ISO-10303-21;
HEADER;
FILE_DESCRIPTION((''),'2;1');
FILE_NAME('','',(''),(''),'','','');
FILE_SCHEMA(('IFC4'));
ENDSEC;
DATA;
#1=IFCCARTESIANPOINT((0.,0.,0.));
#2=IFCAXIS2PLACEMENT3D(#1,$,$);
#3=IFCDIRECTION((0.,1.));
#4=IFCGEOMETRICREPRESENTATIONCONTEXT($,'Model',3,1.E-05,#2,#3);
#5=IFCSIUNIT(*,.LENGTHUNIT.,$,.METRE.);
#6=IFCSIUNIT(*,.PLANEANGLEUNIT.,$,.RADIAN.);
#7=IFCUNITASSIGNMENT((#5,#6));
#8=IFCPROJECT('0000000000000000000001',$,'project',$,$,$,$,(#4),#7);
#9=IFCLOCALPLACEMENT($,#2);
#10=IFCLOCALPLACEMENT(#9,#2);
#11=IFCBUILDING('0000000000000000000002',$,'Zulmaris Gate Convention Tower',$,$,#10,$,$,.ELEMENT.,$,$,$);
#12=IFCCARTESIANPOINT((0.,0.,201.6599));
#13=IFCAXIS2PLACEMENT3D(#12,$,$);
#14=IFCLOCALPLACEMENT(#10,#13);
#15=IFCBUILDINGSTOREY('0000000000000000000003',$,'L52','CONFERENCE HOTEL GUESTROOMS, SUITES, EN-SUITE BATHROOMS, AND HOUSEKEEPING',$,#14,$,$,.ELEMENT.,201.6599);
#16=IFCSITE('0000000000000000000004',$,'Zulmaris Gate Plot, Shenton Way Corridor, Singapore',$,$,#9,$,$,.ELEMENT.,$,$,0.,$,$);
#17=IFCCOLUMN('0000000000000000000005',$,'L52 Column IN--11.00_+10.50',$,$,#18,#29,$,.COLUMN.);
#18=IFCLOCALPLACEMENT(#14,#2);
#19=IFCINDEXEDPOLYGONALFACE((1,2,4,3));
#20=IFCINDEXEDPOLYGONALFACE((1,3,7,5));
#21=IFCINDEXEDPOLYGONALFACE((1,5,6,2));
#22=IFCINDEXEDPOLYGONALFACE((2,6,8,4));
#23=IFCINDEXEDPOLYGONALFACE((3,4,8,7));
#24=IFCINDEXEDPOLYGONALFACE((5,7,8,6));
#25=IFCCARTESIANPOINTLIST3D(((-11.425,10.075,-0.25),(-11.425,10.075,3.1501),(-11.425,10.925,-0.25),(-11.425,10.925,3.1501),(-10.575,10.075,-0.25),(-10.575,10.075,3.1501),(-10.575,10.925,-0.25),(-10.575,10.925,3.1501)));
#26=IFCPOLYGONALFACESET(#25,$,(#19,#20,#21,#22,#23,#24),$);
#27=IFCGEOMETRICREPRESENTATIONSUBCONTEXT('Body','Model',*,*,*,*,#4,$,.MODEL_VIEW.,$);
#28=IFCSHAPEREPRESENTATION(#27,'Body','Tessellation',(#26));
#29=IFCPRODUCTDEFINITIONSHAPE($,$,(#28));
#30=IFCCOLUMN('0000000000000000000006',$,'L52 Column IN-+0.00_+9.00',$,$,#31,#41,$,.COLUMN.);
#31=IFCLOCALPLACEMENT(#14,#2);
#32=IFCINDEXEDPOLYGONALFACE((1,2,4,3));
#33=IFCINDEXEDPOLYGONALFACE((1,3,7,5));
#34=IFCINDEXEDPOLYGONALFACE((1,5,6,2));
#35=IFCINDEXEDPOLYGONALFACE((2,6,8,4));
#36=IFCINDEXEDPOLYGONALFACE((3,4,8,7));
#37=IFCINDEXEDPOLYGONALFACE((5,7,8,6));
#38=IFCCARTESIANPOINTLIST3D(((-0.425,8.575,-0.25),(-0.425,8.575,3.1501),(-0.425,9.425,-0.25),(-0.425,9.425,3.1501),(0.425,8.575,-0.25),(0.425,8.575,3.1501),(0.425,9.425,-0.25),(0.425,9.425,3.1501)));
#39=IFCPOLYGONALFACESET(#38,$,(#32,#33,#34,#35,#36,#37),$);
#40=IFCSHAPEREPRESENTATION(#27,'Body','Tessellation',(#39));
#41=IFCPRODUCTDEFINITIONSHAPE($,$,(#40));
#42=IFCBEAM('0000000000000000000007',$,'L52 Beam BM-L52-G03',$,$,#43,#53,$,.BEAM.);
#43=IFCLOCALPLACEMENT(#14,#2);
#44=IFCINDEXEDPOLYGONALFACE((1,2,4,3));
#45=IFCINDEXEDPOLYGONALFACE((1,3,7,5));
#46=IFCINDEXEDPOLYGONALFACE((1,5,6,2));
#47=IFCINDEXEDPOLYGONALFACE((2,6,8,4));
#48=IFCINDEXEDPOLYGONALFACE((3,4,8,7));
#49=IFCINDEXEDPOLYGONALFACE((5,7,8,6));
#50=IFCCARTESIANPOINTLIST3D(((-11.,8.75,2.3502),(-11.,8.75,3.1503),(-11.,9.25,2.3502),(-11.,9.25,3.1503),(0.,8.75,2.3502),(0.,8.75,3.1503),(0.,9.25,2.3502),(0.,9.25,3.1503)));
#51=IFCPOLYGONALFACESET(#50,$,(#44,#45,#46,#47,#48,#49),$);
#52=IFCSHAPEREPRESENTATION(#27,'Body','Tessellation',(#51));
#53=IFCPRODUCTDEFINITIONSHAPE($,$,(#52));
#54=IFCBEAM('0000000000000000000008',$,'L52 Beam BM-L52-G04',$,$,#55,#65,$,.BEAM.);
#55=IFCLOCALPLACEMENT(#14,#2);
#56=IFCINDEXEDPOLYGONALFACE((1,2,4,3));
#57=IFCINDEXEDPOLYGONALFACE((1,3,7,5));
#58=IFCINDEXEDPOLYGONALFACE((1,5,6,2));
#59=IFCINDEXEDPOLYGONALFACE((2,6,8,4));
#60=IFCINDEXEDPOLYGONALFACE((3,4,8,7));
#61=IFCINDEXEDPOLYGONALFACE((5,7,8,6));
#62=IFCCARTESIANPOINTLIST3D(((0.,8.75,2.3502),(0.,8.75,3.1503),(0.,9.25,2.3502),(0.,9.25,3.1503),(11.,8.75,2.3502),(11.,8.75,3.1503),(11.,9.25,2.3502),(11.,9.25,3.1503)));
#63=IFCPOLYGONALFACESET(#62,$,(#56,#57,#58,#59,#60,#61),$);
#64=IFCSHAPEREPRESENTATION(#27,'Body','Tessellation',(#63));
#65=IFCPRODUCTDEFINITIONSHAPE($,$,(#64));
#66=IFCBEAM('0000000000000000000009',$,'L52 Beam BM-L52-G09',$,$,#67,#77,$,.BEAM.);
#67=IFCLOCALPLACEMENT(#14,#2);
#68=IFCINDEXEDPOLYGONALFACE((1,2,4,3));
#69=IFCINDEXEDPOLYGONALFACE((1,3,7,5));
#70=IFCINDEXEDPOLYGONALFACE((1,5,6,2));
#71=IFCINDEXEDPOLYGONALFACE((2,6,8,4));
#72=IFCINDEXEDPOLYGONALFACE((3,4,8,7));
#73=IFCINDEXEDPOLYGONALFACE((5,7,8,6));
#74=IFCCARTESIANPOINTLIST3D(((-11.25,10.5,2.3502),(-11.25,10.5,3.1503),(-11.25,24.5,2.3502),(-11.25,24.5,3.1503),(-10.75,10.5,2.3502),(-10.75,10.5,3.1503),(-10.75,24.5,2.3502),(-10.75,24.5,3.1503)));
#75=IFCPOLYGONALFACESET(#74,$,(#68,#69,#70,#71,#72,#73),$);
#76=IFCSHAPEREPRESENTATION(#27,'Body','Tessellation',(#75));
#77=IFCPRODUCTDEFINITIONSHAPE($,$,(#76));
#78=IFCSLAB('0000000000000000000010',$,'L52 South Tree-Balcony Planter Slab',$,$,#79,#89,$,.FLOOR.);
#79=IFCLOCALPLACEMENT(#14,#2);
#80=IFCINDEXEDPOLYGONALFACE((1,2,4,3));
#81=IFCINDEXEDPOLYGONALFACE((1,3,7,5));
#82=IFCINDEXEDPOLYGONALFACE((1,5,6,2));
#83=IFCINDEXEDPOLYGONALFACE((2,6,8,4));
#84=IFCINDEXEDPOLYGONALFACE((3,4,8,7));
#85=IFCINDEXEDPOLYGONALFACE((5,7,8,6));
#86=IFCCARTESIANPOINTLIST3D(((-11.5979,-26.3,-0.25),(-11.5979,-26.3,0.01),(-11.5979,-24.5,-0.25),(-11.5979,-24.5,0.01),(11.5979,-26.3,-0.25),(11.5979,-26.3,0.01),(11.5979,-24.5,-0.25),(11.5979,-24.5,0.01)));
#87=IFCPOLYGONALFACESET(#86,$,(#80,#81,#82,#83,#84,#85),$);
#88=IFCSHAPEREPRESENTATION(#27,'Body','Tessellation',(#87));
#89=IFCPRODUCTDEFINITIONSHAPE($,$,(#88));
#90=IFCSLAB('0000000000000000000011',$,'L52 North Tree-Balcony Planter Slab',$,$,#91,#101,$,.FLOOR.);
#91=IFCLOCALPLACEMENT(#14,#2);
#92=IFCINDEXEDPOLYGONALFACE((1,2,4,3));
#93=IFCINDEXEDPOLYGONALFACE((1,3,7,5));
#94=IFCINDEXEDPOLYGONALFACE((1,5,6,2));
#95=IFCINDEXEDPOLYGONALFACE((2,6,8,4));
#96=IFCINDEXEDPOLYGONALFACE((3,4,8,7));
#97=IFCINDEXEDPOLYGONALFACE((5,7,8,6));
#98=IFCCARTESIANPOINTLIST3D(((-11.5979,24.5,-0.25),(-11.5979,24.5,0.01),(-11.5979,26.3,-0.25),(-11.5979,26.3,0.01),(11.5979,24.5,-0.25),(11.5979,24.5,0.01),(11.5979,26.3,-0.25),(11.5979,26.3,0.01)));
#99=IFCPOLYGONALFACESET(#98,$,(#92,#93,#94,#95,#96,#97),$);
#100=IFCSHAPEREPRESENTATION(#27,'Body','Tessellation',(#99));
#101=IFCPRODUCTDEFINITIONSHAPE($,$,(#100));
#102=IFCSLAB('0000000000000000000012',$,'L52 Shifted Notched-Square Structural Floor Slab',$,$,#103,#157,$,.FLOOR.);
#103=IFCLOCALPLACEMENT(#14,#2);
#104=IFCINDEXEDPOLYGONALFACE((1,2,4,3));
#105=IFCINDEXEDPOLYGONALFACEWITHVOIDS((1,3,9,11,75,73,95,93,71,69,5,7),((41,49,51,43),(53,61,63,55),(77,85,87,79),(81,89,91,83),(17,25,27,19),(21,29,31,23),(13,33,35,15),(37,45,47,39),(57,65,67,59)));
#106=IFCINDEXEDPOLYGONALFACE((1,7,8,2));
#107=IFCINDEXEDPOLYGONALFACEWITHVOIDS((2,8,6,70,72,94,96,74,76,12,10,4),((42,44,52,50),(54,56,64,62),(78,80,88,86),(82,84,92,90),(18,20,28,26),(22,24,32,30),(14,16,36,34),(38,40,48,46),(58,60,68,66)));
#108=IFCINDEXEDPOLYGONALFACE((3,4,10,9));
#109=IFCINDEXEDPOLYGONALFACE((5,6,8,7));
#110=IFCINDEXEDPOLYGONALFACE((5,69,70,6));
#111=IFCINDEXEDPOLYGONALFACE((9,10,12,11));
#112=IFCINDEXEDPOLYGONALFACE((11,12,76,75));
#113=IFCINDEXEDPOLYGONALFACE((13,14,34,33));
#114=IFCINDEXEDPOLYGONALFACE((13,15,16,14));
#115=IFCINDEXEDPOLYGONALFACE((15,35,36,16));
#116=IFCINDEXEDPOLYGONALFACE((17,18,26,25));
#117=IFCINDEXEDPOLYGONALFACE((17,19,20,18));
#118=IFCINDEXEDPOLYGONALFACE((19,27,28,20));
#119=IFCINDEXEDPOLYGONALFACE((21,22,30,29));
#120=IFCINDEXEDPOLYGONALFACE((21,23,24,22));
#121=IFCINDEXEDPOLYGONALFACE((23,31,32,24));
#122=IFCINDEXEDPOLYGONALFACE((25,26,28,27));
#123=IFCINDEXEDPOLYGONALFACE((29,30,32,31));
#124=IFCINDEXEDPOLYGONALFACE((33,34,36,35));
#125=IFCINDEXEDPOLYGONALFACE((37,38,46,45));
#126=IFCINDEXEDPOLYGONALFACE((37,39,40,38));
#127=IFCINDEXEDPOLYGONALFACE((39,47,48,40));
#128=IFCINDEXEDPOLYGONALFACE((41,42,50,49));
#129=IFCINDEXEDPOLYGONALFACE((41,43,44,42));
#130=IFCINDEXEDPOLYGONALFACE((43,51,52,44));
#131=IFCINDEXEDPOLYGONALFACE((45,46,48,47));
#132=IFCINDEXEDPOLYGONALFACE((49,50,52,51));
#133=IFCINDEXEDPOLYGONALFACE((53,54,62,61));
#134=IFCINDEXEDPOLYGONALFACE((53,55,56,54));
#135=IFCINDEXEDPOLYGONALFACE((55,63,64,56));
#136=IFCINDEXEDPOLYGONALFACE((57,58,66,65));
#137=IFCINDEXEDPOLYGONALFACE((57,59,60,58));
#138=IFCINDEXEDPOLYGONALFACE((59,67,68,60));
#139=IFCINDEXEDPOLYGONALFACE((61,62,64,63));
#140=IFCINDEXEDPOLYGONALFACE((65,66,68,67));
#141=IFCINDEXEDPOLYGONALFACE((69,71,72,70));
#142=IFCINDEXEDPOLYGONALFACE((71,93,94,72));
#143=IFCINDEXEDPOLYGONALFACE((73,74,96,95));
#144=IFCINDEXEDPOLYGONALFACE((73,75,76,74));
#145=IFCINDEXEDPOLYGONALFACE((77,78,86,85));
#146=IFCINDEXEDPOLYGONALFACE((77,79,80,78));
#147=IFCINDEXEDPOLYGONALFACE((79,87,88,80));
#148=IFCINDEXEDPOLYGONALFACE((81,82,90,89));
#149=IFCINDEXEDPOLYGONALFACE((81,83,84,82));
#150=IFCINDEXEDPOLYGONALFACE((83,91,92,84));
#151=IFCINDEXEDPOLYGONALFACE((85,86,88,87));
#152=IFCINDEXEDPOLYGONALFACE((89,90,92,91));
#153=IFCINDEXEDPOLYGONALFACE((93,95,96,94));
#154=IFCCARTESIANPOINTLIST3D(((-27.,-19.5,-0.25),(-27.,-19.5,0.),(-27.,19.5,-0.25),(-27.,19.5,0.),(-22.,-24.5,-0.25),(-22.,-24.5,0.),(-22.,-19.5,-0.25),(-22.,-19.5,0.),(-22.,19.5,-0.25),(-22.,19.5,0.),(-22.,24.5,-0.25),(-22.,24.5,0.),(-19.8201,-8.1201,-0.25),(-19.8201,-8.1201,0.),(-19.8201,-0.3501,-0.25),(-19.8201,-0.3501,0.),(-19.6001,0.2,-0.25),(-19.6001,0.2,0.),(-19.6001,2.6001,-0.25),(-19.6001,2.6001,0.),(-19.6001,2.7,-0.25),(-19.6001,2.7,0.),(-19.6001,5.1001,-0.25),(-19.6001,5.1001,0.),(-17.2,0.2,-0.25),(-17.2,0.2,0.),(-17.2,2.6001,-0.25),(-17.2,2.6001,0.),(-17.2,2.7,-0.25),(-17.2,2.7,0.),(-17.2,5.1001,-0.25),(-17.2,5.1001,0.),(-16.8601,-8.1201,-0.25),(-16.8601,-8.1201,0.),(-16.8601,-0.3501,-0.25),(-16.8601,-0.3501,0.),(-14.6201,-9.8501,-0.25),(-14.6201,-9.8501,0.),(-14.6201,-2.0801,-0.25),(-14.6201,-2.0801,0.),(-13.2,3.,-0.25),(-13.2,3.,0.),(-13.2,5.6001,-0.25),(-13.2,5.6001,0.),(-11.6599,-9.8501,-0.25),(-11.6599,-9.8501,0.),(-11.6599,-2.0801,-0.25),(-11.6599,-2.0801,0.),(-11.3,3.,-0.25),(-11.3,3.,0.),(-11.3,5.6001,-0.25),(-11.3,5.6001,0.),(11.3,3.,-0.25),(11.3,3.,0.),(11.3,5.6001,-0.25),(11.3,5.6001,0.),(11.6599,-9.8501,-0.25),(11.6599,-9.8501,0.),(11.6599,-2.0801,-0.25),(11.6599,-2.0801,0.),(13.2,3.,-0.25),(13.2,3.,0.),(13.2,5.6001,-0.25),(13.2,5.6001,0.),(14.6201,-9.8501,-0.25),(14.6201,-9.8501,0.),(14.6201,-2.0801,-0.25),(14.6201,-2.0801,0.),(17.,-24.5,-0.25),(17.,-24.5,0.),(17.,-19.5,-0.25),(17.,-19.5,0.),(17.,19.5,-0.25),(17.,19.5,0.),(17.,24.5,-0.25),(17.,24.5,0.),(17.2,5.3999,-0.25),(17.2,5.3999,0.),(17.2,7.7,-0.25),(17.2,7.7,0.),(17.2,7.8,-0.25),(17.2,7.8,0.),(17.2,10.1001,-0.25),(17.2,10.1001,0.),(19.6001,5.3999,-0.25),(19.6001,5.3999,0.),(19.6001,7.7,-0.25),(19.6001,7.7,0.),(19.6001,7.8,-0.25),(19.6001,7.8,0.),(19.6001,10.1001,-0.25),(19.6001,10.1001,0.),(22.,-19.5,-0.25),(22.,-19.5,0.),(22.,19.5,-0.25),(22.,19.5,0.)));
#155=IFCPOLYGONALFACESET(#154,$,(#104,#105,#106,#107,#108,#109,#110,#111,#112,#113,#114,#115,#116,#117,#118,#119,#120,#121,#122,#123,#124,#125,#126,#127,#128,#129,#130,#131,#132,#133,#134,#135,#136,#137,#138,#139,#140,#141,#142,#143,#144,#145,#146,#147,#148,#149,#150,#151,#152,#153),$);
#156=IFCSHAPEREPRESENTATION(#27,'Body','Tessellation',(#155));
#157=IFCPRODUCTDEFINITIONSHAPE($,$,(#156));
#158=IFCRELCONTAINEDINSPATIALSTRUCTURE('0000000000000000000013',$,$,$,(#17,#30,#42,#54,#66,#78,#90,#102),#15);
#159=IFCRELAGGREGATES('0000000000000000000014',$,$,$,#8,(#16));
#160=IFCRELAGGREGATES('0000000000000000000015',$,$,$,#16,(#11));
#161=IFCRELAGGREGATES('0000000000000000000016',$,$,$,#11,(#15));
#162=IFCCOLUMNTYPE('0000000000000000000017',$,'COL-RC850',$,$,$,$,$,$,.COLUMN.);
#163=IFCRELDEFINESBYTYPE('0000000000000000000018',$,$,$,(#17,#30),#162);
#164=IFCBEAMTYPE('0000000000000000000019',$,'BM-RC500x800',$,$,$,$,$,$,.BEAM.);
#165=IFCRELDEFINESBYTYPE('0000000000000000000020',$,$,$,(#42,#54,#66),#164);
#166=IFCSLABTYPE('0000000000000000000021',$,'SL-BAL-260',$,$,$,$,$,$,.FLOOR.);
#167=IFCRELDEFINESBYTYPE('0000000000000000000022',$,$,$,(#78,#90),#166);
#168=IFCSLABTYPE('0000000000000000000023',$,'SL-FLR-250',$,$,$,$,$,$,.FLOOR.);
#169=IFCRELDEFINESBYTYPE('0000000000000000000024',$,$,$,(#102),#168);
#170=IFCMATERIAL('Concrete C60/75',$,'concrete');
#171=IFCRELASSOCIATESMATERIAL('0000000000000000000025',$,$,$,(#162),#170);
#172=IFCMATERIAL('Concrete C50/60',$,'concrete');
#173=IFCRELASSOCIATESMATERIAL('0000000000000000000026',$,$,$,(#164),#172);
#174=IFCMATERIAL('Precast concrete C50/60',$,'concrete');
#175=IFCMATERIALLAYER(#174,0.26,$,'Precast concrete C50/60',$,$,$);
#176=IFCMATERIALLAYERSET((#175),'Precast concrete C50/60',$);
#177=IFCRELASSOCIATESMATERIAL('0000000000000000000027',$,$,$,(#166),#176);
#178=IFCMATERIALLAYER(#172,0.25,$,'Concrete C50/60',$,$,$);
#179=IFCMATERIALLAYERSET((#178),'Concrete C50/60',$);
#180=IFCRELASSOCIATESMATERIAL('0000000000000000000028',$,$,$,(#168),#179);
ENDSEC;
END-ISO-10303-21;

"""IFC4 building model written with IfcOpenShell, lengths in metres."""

from ifc_helpers import new_model, si_unit, direction, frame, origin, origin_2d, place, context, subcontext, project, spatial, polyline, rectangle, outline, extrude, material, layer, layer_set, material_profile, profile_set, type_object, element, save


model = new_model("IFC4")

# Units and contexts
model_context = context("Model", 3, precision=1e-05, world=origin(), true_north=direction((0.0, 1.0)))
body_context = subcontext(model_context, "Body", "Model", "MODEL_VIEW")
ifc_project = project(units=[si_unit("LENGTHUNIT", "METRE"), si_unit("PLANEANGLEUNIT", "RADIAN")], contexts=[model_context])

# Site, building, storey
site_placement = place(None, origin())
site = spatial("IfcSite", under=ifc_project, at=site_placement, Name="Zulmaris Gate Plot, Shenton Way Corridor, Singapore", CompositionType="ELEMENT", RefElevation=0.0)
building_placement = place(site_placement, origin())
building = spatial("IfcBuilding", under=site, at=building_placement, Name="Zulmaris Gate Convention Tower", CompositionType="ELEMENT")
storey_placement = place(building_placement, frame((0.0, 0.0, 201.6599)))
storey = spatial("IfcBuildingStorey", under=building, at=storey_placement, Name="L52", Description="CONFERENCE HOTEL GUESTROOMS, SUITES, EN-SUITE BATHROOMS, AND HOUSEKEEPING", CompositionType="ELEMENT", Elevation=201.6599)

# Columns
ifc_material_1 = material(Name="Concrete C60/75", Category="concrete")
ifc_material_profile_1 = material_profile(ifc_material_1, rectangle(XDim=0.8501, YDim=0.8501, at=origin_2d()), Name="RC COL 850x850")
ifc_profile_set_1 = profile_set([ifc_material_profile_1], Name="Concrete C60/75")
column_type = type_object("IfcColumnType", Name="COL-RC850", PredefinedType="COLUMN", material=ifc_profile_set_1)
for number, where, z_axis, x_axis, name in (
    (1, (-11.0, 10.5, -0.25), (0.0, 0.0, 1.0), (1.0, 0.0, 0.0), "L52 Column IN--11.00_+10.50"),
    (2, (0.0, 9.0, -0.25), (0.0, 0.0, 1.0), (1.0, 0.0, 0.0), "L52 Column IN-+0.00_+9.00"),
):
    element("IfcColumn", number, at=place(storey_placement, frame(where, z_axis=z_axis, x_axis=x_axis)), inside=storey, type_object=column_type, Name=name, PredefinedType="COLUMN", context=body_context, shape_type="SweptSolid", body=[
        extrude(rectangle(XDim=0.8501, YDim=0.8501, at=origin_2d()), origin(), (0.0, 0.0, 1.0), 3.4001),
    ])

# Beams
ifc_material_2 = material(Name="Concrete C50/60", Category="concrete")
ifc_material_profile_2 = material_profile(ifc_material_2, rectangle(XDim=0.5, YDim=0.8, at=origin_2d()), Name="RC BEAM 500x800")
ifc_profile_set_2 = profile_set([ifc_material_profile_2], Name="Concrete C50/60")
beam_type = type_object("IfcBeamType", Name="BM-RC500x800", PredefinedType="BEAM", material=ifc_profile_set_2)
for number, where, z_axis, x_axis, name in (
    (3, (-11.0, 9.0, 2.7502), (1.0, 0.0, 0.0), (0.0, 1.0, 0.0), "L52 Beam BM-L52-G03"),
    (4, (0.0, 9.0, 2.7502), (1.0, 0.0, 0.0), (0.0, 1.0, 0.0), "L52 Beam BM-L52-G04"),
):
    element("IfcBeam", number, at=place(storey_placement, frame(where, z_axis=z_axis, x_axis=x_axis)), inside=storey, type_object=beam_type, Name=name, PredefinedType="BEAM", context=body_context, shape_type="SweptSolid", body=[
        extrude(rectangle(XDim=0.5, YDim=0.8, at=origin_2d()), origin(), (0.0, 0.0, 1.0), 11.0),
    ])
beam_placement = place(storey_placement, frame((-11.0, 10.5, 2.7502), z_axis=(0.0, 1.0, 0.0), x_axis=(-1.0, 0.0, 0.0)))
element("IfcBeam", 5, at=beam_placement, inside=storey, type_object=beam_type, Name="L52 Beam BM-L52-G09", PredefinedType="BEAM", context=body_context, shape_type="SweptSolid", body=[
    extrude(rectangle(XDim=0.5, YDim=0.8, at=origin_2d()), origin(), (0.0, 0.0, 1.0), 14.0),
])

# Slabs
ifc_material_3 = material(Name="Precast concrete C50/60", Category="concrete")
ifc_layer_1 = layer(ifc_material_3, 0.26, Name="Precast concrete C50/60")
ifc_layer_set_1 = layer_set([ifc_layer_1], Name="Precast concrete C50/60")
slab_type_1 = type_object("IfcSlabType", Name="SL-BAL-260", PredefinedType="FLOOR", material=ifc_layer_set_1)
slab_1_placement = place(storey_placement, frame((0.0, 0.0, -0.25)))
element("IfcSlab", 6, at=slab_1_placement, inside=storey, type_object=slab_type_1, Name="L52 South Tree-Balcony Planter Slab", PredefinedType="FLOOR", context=body_context, shape_type="SweptSolid", body=[
    extrude(outline(polyline([(-11.5979, -26.3), (-11.5979, -24.5), (11.5979, -24.5), (11.5979, -26.3), (-11.5979, -26.3)])), origin(), (0.0, 0.0, 1.0), 0.26),
])
slab_2_placement = place(storey_placement, frame((0.0, 0.0, -0.25)))
element("IfcSlab", 7, at=slab_2_placement, inside=storey, type_object=slab_type_1, Name="L52 North Tree-Balcony Planter Slab", PredefinedType="FLOOR", context=body_context, shape_type="SweptSolid", body=[
    extrude(outline(polyline([(11.5979, 26.3), (11.5979, 24.5), (-11.5979, 24.5), (-11.5979, 26.3), (11.5979, 26.3)])), origin(), (0.0, 0.0, 1.0), 0.26),
])
ifc_layer_2 = layer(ifc_material_2, 0.25, Name="Concrete C50/60")
ifc_layer_set_2 = layer_set([ifc_layer_2], Name="Concrete C50/60")
slab_type_2 = type_object("IfcSlabType", Name="SL-FLR-250", PredefinedType="FLOOR", material=ifc_layer_set_2)
slab_3_placement = place(storey_placement, frame((0.0, 0.0, -0.25)))
element("IfcSlab", 8, at=slab_3_placement, inside=storey, type_object=slab_type_2, Name="L52 Shifted Notched-Square Structural Floor Slab", PredefinedType="FLOOR", context=body_context, shape_type="SweptSolid", body=[
    extrude(outline(polyline([(-22.0, -24.5), (17.0, -24.5), (17.0, -19.5), (22.0, -19.5), (22.0, 19.5), (17.0, 19.5), (17.0, 24.5), (-22.0, 24.5), (-22.0, 19.5), (-27.0, 19.5), (-27.0, -19.5), (-22.0, -19.5), (-22.0, -24.5)]), holes=[polyline([(-14.6201, -2.0801), (-14.6201, -9.8501), (-11.6599, -9.8501), (-11.6599, -2.0801), (-14.6201, -2.0801)]), polyline([(11.6599, -2.0801), (11.6599, -9.8501), (14.6201, -9.8501), (14.6201, -2.0801), (11.6599, -2.0801)]), polyline([(-16.8601, -8.1201), (-16.8601, -0.3501), (-19.8201, -0.3501), (-19.8201, -8.1201), (-16.8601, -8.1201)]), polyline([(-13.2, 3.0), (-11.3, 3.0), (-11.3, 5.6001), (-13.2, 5.6001), (-13.2, 3.0)]), polyline([(11.3, 3.0), (13.2, 3.0), (13.2, 5.6001), (11.3, 5.6001), (11.3, 3.0)]), polyline([(17.2, 5.3999), (19.6001, 5.3999), (19.6001, 7.7), (17.2, 7.7), (17.2, 5.3999)]), polyline([(17.2, 7.8), (19.6001, 7.8), (19.6001, 10.1001), (17.2, 10.1001), (17.2, 7.8)]), polyline([(-19.6001, 0.2), (-17.2, 0.2), (-17.2, 2.6001), (-19.6001, 2.6001), (-19.6001, 0.2)]), polyline([(-19.6001, 2.7), (-17.2, 2.7), (-17.2, 5.1001), (-19.6001, 5.1001), (-19.6001, 2.7)])]), origin(), (0.0, 0.0, 1.0), 0.25),
])

save(model, "model.ifc")
